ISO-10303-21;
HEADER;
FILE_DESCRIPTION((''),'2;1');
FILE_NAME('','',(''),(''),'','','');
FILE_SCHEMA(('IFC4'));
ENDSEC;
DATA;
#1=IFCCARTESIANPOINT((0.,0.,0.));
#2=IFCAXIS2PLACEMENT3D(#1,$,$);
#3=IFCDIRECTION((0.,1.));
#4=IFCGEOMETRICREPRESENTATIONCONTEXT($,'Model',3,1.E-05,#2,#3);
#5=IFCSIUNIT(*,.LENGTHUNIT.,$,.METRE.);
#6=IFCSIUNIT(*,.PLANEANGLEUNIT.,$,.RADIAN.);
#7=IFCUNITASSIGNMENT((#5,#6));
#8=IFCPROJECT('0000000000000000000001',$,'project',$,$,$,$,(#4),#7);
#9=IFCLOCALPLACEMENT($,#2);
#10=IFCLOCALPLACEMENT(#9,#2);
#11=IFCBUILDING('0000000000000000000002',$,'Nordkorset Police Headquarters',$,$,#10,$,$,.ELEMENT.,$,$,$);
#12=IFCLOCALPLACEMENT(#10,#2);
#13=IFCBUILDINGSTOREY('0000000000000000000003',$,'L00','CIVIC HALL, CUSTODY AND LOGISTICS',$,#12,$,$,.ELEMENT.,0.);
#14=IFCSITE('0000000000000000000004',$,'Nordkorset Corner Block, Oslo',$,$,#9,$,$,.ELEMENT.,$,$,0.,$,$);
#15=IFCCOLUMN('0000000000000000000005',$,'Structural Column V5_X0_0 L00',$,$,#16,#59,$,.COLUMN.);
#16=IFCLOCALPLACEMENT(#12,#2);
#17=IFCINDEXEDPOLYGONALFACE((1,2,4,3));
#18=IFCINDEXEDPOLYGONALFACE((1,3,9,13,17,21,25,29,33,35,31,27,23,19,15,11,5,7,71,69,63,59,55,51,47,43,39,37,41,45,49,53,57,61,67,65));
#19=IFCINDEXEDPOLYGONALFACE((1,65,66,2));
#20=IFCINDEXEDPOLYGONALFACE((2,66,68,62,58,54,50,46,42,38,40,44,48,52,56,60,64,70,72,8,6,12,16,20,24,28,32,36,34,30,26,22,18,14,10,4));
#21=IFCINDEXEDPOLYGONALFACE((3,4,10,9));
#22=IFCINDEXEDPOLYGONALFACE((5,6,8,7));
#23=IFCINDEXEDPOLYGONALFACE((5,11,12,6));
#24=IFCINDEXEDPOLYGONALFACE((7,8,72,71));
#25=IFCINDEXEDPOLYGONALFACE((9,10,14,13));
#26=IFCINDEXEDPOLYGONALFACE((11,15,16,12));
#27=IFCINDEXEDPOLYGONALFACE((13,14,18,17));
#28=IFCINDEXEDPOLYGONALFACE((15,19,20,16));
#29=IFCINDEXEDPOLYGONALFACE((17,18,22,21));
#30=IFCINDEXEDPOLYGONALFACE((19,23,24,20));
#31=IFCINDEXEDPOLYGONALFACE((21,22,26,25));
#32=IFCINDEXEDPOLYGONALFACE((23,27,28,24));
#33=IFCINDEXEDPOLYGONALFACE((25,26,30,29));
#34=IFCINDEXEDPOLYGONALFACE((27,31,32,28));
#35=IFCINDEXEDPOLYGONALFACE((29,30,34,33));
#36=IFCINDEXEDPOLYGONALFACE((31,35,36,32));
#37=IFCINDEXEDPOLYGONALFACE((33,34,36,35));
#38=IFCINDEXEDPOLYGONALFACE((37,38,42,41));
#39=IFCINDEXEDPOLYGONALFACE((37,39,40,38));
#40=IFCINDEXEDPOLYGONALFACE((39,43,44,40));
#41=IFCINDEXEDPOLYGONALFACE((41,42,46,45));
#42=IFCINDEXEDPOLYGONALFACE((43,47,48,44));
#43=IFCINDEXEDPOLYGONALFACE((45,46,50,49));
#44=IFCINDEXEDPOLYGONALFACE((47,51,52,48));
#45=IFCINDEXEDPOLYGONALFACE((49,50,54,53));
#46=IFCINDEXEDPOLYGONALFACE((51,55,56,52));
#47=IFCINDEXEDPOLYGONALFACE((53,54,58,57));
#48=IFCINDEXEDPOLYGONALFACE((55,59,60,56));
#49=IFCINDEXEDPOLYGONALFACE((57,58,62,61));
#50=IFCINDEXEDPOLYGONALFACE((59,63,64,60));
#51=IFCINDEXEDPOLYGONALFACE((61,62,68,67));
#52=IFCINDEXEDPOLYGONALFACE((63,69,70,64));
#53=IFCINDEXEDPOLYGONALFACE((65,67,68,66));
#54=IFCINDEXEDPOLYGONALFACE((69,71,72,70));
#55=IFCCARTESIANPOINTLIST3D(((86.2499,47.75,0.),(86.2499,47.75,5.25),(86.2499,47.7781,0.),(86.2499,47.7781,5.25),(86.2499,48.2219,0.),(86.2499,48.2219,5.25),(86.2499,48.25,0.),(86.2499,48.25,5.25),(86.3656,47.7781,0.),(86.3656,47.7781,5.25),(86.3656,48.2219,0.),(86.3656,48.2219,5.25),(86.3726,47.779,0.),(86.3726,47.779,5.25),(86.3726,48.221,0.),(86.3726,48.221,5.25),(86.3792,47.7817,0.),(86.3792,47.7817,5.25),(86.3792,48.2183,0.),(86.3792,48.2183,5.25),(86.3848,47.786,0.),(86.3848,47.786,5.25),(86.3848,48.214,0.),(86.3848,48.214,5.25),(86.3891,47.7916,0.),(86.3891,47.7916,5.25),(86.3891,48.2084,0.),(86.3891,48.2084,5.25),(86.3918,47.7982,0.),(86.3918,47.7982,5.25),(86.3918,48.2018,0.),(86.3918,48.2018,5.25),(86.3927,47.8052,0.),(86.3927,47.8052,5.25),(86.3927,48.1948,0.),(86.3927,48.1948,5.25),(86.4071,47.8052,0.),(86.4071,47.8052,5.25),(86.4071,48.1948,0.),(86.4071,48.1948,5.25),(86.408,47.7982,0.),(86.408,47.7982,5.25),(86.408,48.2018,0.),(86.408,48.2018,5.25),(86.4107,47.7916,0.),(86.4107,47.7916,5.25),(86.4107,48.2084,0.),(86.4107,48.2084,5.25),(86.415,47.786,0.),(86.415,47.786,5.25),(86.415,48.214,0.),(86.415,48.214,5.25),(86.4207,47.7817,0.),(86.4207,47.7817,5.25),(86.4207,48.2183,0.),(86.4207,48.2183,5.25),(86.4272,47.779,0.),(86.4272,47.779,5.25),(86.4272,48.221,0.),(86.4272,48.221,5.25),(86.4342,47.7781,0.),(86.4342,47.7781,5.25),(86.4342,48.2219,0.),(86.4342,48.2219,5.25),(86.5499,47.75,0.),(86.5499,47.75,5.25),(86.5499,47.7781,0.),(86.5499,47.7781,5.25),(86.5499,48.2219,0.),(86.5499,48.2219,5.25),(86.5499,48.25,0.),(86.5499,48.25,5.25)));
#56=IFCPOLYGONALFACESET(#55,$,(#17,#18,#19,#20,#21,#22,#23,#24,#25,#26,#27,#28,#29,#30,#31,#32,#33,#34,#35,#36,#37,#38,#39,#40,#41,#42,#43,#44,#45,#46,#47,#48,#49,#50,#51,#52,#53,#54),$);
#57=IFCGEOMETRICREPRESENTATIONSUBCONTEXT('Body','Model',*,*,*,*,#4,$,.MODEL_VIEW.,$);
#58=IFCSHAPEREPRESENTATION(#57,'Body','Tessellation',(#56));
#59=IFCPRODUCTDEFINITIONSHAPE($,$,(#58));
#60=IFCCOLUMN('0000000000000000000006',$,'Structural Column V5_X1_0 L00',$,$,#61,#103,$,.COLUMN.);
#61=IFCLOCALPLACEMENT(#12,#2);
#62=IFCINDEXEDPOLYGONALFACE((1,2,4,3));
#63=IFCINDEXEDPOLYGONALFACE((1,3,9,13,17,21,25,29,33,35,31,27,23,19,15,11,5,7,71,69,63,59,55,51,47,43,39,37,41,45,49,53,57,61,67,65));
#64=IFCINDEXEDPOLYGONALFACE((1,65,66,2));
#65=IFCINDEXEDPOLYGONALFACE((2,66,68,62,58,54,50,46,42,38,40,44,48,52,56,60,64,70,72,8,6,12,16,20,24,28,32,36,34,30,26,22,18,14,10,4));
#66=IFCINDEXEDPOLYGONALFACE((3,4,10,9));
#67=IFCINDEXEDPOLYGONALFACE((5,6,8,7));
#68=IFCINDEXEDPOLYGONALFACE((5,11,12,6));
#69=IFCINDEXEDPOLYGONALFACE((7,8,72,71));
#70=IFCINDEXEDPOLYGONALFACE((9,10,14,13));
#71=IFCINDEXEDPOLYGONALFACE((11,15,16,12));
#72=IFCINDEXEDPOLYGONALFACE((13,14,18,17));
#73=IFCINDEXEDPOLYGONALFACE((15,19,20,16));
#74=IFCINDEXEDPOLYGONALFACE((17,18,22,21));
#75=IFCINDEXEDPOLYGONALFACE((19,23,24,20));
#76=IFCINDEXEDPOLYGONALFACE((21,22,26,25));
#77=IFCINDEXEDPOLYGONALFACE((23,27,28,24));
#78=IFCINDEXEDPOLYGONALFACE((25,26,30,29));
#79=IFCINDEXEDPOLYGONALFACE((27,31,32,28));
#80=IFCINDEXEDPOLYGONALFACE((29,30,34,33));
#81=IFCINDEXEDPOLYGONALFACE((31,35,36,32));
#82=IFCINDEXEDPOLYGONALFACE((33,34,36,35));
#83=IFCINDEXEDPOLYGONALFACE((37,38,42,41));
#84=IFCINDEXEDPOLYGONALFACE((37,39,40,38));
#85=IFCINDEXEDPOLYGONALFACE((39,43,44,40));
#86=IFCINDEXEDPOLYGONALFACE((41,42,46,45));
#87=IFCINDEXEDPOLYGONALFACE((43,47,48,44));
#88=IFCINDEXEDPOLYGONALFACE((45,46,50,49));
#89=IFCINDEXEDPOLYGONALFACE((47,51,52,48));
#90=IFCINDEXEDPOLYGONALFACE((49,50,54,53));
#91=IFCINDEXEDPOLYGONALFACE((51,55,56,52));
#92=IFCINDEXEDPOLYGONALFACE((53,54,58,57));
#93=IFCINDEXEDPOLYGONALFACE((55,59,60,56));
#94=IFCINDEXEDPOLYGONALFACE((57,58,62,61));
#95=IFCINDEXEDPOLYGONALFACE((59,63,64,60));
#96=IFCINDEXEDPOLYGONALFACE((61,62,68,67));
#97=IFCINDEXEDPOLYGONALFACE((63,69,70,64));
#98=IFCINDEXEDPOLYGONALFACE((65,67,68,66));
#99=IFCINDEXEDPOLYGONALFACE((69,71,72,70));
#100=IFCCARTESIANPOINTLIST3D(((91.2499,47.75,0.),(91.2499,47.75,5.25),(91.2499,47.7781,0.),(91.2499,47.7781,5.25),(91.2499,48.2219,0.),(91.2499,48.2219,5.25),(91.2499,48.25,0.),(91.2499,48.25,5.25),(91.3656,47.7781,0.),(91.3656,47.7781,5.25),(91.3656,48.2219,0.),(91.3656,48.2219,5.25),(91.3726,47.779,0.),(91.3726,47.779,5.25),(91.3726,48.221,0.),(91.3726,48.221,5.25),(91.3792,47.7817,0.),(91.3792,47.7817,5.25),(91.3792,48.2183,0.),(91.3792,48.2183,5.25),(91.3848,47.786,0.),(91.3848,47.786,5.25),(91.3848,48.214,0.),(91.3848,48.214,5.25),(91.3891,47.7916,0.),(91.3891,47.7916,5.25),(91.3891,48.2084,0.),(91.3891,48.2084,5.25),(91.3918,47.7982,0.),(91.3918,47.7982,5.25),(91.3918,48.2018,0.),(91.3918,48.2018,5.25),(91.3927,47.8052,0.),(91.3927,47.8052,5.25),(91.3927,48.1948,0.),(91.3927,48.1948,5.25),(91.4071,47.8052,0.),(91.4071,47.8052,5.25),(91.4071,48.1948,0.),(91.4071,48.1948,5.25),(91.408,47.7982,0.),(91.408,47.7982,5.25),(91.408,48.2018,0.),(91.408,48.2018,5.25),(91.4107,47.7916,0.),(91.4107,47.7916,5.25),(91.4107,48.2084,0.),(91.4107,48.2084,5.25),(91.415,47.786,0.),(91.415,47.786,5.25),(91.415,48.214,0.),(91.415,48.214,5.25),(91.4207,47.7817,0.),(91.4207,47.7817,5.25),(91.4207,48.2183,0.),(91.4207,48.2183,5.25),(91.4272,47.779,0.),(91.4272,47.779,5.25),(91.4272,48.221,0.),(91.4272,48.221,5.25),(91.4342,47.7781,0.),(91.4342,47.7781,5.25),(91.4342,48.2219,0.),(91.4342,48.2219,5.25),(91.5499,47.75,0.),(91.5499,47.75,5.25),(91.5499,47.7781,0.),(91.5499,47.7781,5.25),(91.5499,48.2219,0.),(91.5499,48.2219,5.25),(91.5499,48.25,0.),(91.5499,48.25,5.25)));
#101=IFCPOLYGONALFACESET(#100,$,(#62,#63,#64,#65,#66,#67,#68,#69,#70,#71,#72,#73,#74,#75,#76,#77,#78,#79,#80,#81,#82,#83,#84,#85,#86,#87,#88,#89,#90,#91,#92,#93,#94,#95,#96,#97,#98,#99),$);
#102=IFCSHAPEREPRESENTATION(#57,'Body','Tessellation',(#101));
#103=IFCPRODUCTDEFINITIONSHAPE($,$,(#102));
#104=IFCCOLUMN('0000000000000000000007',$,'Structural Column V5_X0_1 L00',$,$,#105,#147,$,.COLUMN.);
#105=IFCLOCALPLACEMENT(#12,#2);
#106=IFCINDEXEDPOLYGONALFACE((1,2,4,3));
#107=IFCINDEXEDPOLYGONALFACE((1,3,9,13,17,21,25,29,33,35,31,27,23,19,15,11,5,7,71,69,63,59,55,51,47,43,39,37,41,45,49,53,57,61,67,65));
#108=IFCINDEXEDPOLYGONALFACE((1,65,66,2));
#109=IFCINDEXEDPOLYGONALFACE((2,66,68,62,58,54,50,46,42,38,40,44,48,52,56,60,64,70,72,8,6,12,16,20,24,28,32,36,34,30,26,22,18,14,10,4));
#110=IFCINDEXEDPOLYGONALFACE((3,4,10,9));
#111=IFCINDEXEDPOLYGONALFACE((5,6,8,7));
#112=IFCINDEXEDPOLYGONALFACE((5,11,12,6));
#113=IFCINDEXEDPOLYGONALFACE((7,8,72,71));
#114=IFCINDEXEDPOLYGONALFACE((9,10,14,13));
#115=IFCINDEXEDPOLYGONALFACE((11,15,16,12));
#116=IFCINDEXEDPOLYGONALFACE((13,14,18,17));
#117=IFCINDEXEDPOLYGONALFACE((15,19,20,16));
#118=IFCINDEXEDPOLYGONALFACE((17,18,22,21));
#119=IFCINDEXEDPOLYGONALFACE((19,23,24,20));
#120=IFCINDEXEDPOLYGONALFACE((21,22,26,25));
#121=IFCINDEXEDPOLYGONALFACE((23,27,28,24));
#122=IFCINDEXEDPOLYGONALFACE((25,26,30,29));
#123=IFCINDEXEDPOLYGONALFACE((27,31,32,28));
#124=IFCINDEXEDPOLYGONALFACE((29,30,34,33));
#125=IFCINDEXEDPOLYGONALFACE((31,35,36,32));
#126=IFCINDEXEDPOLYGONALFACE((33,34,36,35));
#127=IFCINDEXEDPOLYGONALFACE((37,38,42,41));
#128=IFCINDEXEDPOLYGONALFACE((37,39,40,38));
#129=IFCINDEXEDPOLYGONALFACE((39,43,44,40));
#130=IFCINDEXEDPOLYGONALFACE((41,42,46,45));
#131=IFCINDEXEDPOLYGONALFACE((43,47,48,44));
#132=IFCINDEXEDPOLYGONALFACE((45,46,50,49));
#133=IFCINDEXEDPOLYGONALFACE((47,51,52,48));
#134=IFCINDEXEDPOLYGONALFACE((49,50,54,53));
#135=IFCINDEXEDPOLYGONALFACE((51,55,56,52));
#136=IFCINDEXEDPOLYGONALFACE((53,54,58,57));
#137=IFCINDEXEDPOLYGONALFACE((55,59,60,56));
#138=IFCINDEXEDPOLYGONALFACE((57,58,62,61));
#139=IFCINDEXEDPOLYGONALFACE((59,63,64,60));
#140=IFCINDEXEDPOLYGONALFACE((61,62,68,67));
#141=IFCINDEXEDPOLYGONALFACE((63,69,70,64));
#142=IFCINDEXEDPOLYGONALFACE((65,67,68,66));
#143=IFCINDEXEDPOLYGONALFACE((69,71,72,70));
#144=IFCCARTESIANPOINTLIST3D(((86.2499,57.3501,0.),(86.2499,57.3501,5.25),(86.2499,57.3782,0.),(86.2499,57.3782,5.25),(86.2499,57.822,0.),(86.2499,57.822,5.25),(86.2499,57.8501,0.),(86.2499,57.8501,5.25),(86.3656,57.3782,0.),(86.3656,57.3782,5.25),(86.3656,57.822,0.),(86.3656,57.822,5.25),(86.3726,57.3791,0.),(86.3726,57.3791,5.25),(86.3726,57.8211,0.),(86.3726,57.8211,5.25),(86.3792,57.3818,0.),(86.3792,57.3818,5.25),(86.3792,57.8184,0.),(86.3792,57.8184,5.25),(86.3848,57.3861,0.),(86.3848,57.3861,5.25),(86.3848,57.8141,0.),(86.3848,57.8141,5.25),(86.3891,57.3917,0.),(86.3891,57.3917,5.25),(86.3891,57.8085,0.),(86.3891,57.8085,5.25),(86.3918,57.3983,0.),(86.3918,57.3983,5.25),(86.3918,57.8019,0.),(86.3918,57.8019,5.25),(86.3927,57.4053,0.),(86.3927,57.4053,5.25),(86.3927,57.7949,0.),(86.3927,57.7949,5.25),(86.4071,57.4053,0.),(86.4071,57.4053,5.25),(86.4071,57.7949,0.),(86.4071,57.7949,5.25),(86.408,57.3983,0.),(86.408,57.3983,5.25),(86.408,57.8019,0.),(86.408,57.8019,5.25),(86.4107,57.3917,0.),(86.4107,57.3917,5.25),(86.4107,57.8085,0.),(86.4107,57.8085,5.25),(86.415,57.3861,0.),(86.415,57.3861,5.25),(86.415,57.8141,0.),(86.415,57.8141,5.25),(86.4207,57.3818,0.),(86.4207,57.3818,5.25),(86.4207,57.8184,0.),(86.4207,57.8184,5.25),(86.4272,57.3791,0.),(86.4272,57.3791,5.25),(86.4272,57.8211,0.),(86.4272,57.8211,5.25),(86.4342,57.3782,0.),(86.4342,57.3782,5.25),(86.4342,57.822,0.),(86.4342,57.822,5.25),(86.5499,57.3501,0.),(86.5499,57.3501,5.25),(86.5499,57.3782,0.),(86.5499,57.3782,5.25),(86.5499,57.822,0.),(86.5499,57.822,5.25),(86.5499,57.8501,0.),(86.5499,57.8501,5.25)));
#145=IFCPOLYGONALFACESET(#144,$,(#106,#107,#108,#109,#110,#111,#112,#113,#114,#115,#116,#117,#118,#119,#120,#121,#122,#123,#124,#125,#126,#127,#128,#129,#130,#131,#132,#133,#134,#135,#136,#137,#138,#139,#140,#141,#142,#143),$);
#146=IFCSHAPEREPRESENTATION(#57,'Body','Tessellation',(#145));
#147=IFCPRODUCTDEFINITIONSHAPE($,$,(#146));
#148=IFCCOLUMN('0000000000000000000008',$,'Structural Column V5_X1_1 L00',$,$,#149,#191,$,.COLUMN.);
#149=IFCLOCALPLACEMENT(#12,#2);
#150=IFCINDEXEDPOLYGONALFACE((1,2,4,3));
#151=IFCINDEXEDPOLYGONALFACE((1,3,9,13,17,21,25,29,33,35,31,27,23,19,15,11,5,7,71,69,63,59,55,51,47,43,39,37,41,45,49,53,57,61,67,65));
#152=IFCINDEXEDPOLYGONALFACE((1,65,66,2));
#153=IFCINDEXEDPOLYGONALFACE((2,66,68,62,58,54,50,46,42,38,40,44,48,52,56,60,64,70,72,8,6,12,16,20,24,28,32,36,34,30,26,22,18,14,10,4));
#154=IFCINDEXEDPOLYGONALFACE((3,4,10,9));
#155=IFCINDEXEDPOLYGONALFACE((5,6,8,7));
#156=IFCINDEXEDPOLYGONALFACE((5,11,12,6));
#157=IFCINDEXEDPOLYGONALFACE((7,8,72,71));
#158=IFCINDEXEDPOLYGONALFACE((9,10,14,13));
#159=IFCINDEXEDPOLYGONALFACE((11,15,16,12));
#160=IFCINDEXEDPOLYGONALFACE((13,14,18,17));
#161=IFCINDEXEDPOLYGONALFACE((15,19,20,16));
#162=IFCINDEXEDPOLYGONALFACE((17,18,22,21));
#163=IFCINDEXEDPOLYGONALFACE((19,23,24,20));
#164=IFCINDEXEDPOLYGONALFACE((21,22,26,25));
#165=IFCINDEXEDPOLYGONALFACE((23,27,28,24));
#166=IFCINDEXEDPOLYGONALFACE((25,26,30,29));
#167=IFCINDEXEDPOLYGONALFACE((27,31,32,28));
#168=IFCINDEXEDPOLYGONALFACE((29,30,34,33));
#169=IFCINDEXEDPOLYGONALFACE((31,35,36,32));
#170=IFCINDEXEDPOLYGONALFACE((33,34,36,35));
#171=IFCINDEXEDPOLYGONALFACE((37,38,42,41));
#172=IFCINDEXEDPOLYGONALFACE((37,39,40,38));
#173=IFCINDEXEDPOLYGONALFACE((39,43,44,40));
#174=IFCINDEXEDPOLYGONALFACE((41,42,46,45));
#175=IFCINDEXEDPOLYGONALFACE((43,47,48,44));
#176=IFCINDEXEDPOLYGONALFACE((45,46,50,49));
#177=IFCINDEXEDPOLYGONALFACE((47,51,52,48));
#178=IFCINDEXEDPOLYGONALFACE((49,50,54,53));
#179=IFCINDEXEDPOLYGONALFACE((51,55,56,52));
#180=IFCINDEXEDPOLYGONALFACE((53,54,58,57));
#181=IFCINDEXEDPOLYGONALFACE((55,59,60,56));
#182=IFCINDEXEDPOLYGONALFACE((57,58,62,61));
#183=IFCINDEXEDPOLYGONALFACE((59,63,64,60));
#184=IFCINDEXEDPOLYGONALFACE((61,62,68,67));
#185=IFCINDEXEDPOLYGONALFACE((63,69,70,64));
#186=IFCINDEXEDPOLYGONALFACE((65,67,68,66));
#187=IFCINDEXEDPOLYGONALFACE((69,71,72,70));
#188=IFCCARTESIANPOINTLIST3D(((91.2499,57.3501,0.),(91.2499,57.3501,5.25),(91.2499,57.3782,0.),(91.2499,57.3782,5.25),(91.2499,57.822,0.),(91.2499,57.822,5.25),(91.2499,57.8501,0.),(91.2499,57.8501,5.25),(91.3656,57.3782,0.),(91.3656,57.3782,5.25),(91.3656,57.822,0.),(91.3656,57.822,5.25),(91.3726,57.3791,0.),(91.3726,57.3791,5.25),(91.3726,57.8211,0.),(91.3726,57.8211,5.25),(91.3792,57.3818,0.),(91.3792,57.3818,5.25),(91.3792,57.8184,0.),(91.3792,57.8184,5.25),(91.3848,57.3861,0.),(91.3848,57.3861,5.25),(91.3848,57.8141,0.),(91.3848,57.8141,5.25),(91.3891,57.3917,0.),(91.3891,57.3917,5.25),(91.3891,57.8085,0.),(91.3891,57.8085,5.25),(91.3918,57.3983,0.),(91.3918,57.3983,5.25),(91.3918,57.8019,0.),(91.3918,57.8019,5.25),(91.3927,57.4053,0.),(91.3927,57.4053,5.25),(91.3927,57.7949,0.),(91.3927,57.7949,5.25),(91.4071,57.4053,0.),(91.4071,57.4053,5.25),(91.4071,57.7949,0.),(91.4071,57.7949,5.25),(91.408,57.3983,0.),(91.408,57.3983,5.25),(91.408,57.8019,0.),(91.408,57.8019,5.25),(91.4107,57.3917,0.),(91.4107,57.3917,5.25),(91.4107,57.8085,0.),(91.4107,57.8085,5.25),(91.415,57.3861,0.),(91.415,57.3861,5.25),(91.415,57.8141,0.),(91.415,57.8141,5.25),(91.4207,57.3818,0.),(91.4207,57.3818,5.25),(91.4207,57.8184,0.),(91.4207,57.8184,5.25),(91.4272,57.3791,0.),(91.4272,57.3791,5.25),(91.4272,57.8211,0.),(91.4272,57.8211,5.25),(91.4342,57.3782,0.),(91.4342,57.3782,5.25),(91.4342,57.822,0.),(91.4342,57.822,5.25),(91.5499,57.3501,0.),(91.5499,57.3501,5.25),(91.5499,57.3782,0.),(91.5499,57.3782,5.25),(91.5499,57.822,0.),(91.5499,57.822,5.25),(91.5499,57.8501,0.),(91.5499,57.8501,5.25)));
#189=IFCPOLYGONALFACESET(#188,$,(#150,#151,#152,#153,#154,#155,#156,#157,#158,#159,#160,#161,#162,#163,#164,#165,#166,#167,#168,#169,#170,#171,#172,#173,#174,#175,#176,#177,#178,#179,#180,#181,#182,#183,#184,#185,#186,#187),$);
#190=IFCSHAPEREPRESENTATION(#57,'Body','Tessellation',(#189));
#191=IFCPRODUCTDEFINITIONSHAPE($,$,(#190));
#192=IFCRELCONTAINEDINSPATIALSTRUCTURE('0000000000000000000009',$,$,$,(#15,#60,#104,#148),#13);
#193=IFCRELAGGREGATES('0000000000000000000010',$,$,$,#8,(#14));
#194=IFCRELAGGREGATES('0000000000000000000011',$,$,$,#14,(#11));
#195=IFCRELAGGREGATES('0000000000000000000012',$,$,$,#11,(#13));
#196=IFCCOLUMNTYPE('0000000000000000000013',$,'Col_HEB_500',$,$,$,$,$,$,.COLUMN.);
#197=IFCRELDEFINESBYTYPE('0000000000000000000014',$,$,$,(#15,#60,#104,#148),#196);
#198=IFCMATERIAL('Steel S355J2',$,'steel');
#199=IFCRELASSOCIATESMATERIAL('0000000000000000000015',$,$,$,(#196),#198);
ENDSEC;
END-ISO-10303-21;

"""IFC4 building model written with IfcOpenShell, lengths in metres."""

from ifc_helpers import new_model, si_unit, direction, frame, origin, origin_2d, place, context, subcontext, project, spatial, i_section, extrude, material, material_profile, profile_set, type_object, element, save


model = new_model("IFC4")

# Units and contexts
model_context = context("Model", 3, precision=1e-05, world=origin(), true_north=direction((0.0, 1.0)))
body_context = subcontext(model_context, "Body", "Model", "MODEL_VIEW")
ifc_project = project(units=[si_unit("LENGTHUNIT", "METRE"), si_unit("PLANEANGLEUNIT", "RADIAN")], contexts=[model_context])

# Site, building, storey
site_placement = place(None, origin())
site = spatial("IfcSite", under=ifc_project, at=site_placement, Name="Nordkorset Corner Block, Oslo", CompositionType="ELEMENT", RefElevation=0.0)
building_placement = place(site_placement, origin())
building = spatial("IfcBuilding", under=site, at=building_placement, Name="Nordkorset Police Headquarters", CompositionType="ELEMENT")
storey_placement = place(building_placement, origin())
storey = spatial("IfcBuildingStorey", under=building, at=storey_placement, Name="L00", Description="CIVIC HALL, CUSTODY AND LOGISTICS", CompositionType="ELEMENT", Elevation=0.0)

# Columns
ifc_material_1 = material(Name="Steel S355J2", Category="steel")
ifc_material_profile_1 = material_profile(ifc_material_1, i_section(OverallWidth=0.3, OverallDepth=0.5, WebThickness=0.0144, FlangeThickness=0.0281, FilletRadius=0.0271, at=origin_2d()), Name="HEB 500")
ifc_profile_set_1 = profile_set([ifc_material_profile_1], Name="Steel S355J2")
column_type = type_object("IfcColumnType", Name="Col_HEB_500", PredefinedType="COLUMN", material=ifc_profile_set_1)
for number, where, z_axis, x_axis, name in (
    (1, (86.3999, 48.0, 0.0), (0.0, 0.0, 1.0), (1.0, 0.0, 0.0), "Structural Column V5_X0_0 L00"),
    (2, (91.3999, 48.0, 0.0), (0.0, 0.0, 1.0), (1.0, 0.0, 0.0), "Structural Column V5_X1_0 L00"),
    (3, (86.3999, 57.6001, 0.0), (0.0, 0.0, 1.0), (1.0, 0.0, 0.0), "Structural Column V5_X0_1 L00"),
    (4, (91.3999, 57.6001, 0.0), (0.0, 0.0, 1.0), (1.0, 0.0, 0.0), "Structural Column V5_X1_1 L00"),
):
    element("IfcColumn", number, at=place(storey_placement, frame(where, z_axis=z_axis, x_axis=x_axis)), inside=storey, type_object=column_type, Name=name, PredefinedType="COLUMN", context=body_context, shape_type="SweptSolid", body=[
        extrude(i_section(OverallWidth=0.3, OverallDepth=0.5, WebThickness=0.0144, FlangeThickness=0.0281, FilletRadius=0.0271, at=origin_2d()), origin(), (0.0, 0.0, 1.0), 5.25),
    ])

save(model, "model.ifc")
